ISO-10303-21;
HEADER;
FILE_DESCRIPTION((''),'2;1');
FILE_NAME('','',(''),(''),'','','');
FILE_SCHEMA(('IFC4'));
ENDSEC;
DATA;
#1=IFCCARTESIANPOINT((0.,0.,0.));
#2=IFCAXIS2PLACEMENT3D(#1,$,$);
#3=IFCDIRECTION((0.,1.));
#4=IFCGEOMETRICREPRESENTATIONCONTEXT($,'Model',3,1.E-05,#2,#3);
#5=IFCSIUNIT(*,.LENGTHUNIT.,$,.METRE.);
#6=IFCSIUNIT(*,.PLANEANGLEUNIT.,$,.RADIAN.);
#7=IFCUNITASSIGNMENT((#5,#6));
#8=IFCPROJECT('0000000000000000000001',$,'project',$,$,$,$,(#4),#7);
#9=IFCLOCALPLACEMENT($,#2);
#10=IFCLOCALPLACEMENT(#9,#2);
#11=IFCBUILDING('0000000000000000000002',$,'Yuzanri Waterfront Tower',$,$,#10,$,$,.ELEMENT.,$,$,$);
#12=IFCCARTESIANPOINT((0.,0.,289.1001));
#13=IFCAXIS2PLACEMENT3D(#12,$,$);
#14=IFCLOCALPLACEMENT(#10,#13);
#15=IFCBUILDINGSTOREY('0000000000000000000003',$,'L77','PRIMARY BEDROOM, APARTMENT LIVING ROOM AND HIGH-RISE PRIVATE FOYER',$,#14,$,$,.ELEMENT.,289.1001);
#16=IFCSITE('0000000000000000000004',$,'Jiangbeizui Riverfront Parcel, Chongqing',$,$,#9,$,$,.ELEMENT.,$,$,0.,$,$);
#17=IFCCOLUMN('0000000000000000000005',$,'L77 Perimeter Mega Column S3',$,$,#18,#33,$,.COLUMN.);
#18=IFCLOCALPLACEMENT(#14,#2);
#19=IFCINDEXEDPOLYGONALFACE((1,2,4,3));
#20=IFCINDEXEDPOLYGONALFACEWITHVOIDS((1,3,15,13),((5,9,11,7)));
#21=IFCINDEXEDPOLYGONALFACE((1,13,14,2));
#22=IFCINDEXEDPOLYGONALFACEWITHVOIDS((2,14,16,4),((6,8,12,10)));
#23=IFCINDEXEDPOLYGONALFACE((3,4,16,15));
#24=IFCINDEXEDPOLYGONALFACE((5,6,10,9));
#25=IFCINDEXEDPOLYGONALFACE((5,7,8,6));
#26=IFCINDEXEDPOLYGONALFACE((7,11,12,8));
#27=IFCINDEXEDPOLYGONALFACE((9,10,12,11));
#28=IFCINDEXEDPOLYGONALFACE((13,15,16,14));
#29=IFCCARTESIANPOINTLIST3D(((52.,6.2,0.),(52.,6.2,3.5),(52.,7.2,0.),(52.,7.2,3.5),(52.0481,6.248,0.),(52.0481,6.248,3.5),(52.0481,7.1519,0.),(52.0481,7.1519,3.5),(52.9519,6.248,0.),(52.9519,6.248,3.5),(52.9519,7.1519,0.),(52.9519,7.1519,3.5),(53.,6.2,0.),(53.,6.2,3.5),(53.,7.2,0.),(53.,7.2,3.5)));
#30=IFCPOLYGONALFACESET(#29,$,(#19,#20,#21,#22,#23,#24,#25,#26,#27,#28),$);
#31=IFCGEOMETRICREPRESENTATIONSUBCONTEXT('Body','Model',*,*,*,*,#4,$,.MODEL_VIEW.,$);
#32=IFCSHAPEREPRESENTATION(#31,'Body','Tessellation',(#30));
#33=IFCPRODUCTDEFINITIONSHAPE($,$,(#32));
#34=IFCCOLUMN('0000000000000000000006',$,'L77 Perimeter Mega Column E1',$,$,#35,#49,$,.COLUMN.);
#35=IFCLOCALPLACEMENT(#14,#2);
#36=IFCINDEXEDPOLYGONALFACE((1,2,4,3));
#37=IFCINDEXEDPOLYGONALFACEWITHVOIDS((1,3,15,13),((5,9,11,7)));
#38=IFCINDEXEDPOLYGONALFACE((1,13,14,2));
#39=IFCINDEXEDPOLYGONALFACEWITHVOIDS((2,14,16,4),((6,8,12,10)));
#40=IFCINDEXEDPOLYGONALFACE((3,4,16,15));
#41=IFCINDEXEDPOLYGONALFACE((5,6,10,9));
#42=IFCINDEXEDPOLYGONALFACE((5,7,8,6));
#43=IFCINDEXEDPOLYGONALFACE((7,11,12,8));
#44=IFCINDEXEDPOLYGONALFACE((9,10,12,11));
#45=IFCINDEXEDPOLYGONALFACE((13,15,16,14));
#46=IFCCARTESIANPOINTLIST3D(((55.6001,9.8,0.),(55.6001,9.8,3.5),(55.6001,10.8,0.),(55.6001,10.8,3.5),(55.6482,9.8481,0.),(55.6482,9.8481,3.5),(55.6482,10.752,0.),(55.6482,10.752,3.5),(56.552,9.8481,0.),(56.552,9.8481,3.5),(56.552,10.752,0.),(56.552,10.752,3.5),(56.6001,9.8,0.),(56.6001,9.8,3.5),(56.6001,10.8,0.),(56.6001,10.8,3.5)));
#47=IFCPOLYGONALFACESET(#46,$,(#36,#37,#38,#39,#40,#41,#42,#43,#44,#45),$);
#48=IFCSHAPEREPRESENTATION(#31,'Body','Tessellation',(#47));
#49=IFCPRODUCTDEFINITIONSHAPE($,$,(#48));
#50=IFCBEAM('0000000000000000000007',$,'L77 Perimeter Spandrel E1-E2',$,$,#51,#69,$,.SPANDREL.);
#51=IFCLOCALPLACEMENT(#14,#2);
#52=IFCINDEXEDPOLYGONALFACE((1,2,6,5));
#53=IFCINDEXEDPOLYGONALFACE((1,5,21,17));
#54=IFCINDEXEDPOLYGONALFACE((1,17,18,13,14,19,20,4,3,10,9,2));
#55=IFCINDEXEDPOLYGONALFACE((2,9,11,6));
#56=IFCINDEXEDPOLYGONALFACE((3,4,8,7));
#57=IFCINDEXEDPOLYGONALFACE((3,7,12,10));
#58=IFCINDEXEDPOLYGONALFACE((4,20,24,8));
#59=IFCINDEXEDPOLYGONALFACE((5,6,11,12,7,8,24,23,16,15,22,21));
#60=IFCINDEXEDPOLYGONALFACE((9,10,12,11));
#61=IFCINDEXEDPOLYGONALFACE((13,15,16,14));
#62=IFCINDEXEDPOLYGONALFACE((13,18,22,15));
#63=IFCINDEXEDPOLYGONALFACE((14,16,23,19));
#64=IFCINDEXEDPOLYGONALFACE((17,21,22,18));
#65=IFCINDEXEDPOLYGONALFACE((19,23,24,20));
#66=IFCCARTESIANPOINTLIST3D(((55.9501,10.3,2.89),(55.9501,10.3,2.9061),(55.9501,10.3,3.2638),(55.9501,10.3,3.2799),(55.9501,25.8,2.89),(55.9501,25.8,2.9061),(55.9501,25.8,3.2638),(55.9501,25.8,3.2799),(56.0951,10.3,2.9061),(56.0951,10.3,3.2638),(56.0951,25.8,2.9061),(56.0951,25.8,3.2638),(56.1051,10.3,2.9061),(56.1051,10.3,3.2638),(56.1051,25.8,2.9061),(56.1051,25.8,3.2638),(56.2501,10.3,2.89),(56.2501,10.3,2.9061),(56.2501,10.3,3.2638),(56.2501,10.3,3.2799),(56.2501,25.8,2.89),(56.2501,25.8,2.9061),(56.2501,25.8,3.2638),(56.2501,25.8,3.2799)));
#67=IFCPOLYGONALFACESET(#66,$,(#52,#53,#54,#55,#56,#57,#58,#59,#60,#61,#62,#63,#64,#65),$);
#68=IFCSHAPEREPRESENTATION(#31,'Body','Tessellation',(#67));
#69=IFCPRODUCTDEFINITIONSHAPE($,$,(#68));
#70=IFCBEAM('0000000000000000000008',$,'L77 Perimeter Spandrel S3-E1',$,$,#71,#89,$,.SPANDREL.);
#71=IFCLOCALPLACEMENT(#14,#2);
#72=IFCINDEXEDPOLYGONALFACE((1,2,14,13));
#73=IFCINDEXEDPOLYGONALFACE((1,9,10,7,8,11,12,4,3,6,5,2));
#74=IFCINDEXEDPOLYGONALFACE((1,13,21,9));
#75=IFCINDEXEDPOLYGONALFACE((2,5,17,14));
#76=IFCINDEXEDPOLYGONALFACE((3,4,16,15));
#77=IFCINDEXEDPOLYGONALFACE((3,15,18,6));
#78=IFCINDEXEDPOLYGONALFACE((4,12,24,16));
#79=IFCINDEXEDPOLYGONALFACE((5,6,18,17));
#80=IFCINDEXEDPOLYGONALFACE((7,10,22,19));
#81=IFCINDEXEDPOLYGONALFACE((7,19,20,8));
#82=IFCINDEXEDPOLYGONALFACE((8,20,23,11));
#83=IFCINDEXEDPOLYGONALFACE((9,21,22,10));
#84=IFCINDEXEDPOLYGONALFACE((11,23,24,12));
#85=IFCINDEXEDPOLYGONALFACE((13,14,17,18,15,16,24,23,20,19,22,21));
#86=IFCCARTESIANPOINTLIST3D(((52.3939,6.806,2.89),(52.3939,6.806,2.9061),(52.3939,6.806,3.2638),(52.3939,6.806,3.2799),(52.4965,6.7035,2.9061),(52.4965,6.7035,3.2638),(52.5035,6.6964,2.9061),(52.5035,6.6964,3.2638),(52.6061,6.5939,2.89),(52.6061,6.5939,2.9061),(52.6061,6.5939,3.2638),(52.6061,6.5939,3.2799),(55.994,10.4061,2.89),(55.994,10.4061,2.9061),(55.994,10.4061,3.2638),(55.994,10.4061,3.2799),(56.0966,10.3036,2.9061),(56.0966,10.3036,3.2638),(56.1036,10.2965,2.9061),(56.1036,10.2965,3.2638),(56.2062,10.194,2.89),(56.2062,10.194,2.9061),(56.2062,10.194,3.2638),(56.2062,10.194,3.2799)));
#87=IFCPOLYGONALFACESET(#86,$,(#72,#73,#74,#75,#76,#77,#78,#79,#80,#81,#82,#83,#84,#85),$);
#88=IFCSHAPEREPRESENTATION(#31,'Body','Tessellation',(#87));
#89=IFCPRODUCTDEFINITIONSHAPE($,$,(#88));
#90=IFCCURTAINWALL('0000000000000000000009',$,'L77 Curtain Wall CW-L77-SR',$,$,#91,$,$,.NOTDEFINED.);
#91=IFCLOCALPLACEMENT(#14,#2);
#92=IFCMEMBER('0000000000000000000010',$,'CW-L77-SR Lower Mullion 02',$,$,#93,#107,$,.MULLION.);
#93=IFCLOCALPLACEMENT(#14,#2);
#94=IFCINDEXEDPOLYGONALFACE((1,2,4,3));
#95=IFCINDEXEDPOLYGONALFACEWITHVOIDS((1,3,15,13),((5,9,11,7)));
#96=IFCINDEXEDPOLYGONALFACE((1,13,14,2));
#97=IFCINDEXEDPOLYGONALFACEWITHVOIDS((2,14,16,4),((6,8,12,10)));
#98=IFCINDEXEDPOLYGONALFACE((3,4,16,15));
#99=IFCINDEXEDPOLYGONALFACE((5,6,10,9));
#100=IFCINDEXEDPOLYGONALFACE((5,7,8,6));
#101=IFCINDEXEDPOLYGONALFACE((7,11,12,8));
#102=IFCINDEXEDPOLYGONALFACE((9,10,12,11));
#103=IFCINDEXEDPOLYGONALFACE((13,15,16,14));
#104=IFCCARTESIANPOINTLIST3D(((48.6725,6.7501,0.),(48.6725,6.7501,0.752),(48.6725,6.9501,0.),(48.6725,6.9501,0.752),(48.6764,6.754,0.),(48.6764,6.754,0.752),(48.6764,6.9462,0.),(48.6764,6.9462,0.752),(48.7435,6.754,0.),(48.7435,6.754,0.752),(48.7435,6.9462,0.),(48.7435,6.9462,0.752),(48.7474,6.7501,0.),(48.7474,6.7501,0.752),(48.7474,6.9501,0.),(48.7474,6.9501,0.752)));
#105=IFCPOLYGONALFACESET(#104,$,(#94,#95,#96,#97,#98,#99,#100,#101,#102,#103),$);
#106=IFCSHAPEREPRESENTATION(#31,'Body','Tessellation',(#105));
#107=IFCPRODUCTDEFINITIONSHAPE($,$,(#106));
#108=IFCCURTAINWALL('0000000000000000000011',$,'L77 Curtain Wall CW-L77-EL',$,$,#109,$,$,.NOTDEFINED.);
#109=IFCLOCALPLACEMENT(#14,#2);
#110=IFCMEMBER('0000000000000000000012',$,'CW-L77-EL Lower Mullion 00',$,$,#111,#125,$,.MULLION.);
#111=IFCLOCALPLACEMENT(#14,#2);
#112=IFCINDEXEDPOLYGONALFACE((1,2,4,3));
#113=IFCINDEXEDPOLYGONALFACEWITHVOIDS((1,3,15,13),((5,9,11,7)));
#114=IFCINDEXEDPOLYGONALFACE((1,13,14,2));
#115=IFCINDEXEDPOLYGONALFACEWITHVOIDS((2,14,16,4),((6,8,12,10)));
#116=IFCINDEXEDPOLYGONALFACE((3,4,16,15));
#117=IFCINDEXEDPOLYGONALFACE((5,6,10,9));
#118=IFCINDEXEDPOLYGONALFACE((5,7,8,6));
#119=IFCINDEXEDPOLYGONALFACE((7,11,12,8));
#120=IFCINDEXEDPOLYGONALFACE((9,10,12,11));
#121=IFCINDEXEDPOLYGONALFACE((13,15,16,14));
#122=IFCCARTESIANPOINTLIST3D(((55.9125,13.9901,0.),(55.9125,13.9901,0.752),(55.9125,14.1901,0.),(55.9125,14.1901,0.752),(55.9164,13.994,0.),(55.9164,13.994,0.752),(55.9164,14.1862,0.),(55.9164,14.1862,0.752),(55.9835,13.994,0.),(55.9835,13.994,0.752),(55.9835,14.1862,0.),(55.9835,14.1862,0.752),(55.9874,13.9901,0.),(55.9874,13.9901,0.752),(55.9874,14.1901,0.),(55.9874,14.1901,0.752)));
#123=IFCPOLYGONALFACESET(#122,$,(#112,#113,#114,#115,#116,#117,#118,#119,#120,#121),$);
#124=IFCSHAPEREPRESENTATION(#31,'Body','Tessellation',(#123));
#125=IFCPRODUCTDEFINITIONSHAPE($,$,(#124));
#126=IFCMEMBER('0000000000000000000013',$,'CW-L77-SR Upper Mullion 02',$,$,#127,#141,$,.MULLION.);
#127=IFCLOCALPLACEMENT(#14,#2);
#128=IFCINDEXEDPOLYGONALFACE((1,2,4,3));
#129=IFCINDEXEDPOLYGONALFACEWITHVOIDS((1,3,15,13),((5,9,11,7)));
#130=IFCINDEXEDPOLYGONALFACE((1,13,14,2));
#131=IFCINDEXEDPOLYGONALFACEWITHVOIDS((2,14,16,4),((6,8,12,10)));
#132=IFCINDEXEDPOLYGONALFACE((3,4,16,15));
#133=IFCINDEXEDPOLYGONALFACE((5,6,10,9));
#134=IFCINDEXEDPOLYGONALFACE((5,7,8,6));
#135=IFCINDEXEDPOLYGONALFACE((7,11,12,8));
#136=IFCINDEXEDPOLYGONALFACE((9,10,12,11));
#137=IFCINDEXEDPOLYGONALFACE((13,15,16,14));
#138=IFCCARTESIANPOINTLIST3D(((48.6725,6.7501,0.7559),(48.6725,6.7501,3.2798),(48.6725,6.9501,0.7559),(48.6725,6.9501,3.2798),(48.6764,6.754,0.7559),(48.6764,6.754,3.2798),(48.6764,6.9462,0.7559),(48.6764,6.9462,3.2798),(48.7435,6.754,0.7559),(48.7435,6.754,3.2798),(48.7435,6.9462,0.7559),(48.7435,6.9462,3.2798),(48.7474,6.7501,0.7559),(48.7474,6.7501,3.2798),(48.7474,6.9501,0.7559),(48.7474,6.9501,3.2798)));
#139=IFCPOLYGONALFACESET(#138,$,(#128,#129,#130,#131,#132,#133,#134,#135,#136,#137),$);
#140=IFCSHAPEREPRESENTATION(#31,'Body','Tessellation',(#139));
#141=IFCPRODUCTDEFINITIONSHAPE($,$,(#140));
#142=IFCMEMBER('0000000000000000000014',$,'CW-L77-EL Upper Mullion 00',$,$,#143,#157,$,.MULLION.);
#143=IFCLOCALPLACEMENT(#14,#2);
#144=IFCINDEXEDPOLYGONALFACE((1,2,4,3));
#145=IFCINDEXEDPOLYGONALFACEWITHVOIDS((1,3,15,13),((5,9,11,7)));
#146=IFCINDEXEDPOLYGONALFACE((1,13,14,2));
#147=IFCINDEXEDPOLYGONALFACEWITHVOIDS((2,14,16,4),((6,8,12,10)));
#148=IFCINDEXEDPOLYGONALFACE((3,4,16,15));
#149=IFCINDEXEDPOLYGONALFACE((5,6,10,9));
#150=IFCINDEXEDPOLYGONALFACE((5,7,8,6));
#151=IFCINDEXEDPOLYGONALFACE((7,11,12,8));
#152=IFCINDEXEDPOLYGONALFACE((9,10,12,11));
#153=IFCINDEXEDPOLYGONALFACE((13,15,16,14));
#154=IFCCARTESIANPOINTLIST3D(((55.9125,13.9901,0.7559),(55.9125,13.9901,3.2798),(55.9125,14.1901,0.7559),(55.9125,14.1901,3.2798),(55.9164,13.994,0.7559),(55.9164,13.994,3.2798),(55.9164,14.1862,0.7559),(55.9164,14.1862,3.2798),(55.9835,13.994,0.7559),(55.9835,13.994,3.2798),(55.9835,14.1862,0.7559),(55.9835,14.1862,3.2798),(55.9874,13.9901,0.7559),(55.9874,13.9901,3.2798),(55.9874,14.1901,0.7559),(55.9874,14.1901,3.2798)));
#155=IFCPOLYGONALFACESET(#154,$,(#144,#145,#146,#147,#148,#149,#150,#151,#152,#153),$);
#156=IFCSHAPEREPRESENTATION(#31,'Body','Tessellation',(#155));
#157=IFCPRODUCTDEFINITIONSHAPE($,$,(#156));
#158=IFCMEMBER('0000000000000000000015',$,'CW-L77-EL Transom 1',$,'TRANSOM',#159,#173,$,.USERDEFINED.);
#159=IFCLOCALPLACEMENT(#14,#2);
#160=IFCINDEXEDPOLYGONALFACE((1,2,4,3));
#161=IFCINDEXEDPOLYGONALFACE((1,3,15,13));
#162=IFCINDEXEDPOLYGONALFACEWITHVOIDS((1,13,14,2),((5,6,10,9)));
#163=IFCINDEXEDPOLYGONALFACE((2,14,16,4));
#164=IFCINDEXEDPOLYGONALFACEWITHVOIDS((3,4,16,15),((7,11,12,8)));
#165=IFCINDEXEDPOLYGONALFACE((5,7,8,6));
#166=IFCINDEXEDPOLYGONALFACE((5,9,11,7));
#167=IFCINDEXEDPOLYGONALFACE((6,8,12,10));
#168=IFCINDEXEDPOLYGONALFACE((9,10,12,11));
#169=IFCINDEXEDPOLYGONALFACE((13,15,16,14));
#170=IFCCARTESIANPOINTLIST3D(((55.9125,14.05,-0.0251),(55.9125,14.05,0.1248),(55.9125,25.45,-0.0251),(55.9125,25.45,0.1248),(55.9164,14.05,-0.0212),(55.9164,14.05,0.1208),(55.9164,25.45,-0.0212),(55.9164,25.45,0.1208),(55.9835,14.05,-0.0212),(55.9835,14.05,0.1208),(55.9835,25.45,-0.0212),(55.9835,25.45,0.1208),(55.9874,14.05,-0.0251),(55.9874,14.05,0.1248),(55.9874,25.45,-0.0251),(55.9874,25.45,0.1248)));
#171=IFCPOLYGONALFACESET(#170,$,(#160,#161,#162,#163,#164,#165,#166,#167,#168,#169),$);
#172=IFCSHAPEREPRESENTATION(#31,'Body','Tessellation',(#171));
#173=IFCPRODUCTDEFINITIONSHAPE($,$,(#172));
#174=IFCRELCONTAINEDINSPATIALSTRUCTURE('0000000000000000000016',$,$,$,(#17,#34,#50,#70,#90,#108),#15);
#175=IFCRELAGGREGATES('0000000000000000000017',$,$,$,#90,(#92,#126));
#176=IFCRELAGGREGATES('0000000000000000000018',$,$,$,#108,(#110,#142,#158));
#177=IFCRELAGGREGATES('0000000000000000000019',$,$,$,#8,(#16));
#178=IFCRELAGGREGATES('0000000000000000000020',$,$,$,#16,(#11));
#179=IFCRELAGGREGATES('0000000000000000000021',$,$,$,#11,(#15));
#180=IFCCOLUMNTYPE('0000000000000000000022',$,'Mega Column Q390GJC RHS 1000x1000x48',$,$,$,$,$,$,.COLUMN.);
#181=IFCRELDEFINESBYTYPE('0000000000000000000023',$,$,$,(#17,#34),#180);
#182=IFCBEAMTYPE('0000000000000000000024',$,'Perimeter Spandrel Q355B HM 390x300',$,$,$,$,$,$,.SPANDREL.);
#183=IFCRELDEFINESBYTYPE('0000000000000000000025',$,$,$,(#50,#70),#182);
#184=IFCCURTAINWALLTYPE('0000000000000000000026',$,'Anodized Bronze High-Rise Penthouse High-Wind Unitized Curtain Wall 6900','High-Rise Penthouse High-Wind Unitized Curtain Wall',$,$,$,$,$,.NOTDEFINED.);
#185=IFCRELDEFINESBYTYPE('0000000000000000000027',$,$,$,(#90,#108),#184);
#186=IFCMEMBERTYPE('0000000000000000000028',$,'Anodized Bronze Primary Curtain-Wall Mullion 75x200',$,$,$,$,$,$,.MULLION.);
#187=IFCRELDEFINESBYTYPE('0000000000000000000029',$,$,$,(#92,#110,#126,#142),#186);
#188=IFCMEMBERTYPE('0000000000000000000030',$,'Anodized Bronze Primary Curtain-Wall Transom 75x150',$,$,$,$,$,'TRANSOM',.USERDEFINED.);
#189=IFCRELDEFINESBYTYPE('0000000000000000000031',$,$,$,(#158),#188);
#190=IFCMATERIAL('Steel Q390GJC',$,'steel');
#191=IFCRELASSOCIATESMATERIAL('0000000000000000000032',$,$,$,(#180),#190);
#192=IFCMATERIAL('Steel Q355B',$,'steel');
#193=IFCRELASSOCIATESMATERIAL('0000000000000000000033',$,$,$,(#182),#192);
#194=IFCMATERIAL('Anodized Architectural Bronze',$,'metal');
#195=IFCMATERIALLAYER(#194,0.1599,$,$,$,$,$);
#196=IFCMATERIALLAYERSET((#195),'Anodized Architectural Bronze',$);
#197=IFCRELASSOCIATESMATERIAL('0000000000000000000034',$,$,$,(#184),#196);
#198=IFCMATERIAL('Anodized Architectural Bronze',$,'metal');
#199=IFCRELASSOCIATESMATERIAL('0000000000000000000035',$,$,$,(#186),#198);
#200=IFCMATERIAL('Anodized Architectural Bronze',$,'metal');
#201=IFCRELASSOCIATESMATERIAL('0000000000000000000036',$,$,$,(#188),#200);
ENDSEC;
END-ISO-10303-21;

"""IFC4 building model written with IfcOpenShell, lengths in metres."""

from ifc_helpers import new_model, si_unit, direction, frame, origin, origin_2d, place, context, subcontext, project, spatial, hollow_rectangle, i_section, extrude, source, transform, mapped, material, layer, layer_set, material_profile, profile_set, type_object, element, aggregate, save


model = new_model("IFC4")

# Units and contexts
model_context = context("Model", 3, precision=1e-05, world=origin(), true_north=direction((0.0, 1.0)))
body_context = subcontext(model_context, "Body", "Model", "MODEL_VIEW")
ifc_project = project(units=[si_unit("LENGTHUNIT", "METRE"), si_unit("PLANEANGLEUNIT", "RADIAN")], contexts=[model_context])

# Site, building, storey
site_placement = place(None, origin())
site = spatial("IfcSite", under=ifc_project, at=site_placement, Name="Jiangbeizui Riverfront Parcel, Chongqing", CompositionType="ELEMENT", RefElevation=0.0)
building_placement = place(site_placement, origin())
building = spatial("IfcBuilding", under=site, at=building_placement, Name="Yuzanri Waterfront Tower", CompositionType="ELEMENT")
storey_placement = place(building_placement, frame((0.0, 0.0, 289.1001)))
storey = spatial("IfcBuildingStorey", under=building, at=storey_placement, Name="L77", Description="PRIMARY BEDROOM, APARTMENT LIVING ROOM AND HIGH-RISE PRIVATE FOYER", CompositionType="ELEMENT", Elevation=289.1001)

# Columns
ifc_material_1 = material(Name="Steel Q390GJC", Category="steel")
ifc_material_profile_1 = material_profile(ifc_material_1, hollow_rectangle(XDim=1.0, YDim=1.0, WallThickness=0.0481, at=origin_2d()), Name="RHS 1000x1000x48")
ifc_profile_set_1 = profile_set([ifc_material_profile_1], Name="Steel Q390GJC")
column_type = type_object("IfcColumnType", Name="Mega Column Q390GJC RHS 1000x1000x48", PredefinedType="COLUMN", material=ifc_profile_set_1)
shared_shape_1 = source(origin(), body_context, "Body", "SweptSolid", [
    extrude(hollow_rectangle(XDim=1.0, YDim=1.0, WallThickness=0.0481, at=origin_2d()), origin(), (0.0, 0.0, 1.0), 3.5),
])
for number, where, z_axis, x_axis, name in (
    (1, (52.5, 6.7, 0.0), (0.0, 0.0, 1.0), (1.0, 0.0, 0.0), "L77 Perimeter Mega Column S3"),
    (2, (56.1001, 10.3, 0.0), (0.0, 0.0, 1.0), (1.0, 0.0, 0.0), "L77 Perimeter Mega Column E1"),
):
    element("IfcColumn", number, at=place(storey_placement, frame(where, z_axis=z_axis, x_axis=x_axis)), inside=storey, type_object=column_type, Name=name, PredefinedType="COLUMN", context=body_context, shape_type="MappedRepresentation", body=[
        mapped(shared_shape_1, transform((0.0, 0.0, 0.0), scale=1.0)),
    ])

# Beams
ifc_material_2 = material(Name="Steel Q355B", Category="steel")
ifc_material_profile_2 = material_profile(ifc_material_2, i_section(OverallWidth=0.3, OverallDepth=0.3899, WebThickness=0.01, FlangeThickness=0.0161, at=origin_2d()), Name="HM 390x300x10x16")
ifc_profile_set_2 = profile_set([ifc_material_profile_2], Name="Steel Q355B")
beam_type = type_object("IfcBeamType", Name="Perimeter Spandrel Q355B HM 390x300", PredefinedType="SPANDREL", material=ifc_profile_set_2)
shared_shape_2 = source(origin(), body_context, "Body", "SweptSolid", [
    extrude(i_section(OverallWidth=0.3, OverallDepth=0.3899, WebThickness=0.01, FlangeThickness=0.0161, at=origin_2d()), origin(), (0.0, 0.0, 1.0), 15.5),
])
beam_1_placement = place(storey_placement, frame((56.1001, 10.3, 3.085), z_axis=(0.0, 1.0, 0.0), x_axis=(-1.0, 0.0, 0.0)))
element("IfcBeam", 3, at=beam_1_placement, inside=storey, type_object=beam_type, Name="L77 Perimeter Spandrel E1-E2", PredefinedType="SPANDREL", context=body_context, shape_type="MappedRepresentation", body=[
    mapped(shared_shape_2, transform((0.0, 0.0, 0.0), scale=1.0)),
])
shared_shape_3 = source(origin(), body_context, "Body", "SweptSolid", [
    extrude(i_section(OverallWidth=0.3, OverallDepth=0.3899, WebThickness=0.01, FlangeThickness=0.0161, at=origin_2d()), origin(), (0.0, 0.0, 1.0), 5.0913),
])
beam_2_placement = place(storey_placement, frame((52.5, 6.7, 3.085), z_axis=(0.707107, 0.707107, 0.0), x_axis=(-0.707107, 0.707107, 0.0)))
element("IfcBeam", 4, at=beam_2_placement, inside=storey, type_object=beam_type, Name="L77 Perimeter Spandrel S3-E1", PredefinedType="SPANDREL", context=body_context, shape_type="MappedRepresentation", body=[
    mapped(shared_shape_3, transform((0.0, 0.0, 0.0), scale=1.0)),
])

# Curtain walls, members
ifc_material_3 = material(Name="Anodized Architectural Bronze", Category="metal")
ifc_layer_1 = layer(ifc_material_3, 0.1599)
ifc_layer_set_1 = layer_set([ifc_layer_1], Name="Anodized Architectural Bronze")
curtain_wall_type = type_object("IfcCurtainWallType", Name="Anodized Bronze High-Rise Penthouse High-Wind Unitized Curtain Wall 6900", Description="High-Rise Penthouse High-Wind Unitized Curtain Wall", PredefinedType="NOTDEFINED", material=ifc_layer_set_1)
curtain_wall_1_placement = place(storey_placement, origin())
curtain_wall_1 = element("IfcCurtainWall", 5, at=curtain_wall_1_placement, inside=storey, type_object=curtain_wall_type, Name="L77 Curtain Wall CW-L77-SR", PredefinedType="NOTDEFINED")
ifc_material_4 = material(Name="Anodized Architectural Bronze", Category="metal")
ifc_material_profile_3 = material_profile(ifc_material_4, hollow_rectangle(XDim=0.075, YDim=0.2, WallThickness=0.0039, at=origin_2d()), Name="CWM 75x200")
ifc_profile_set_3 = profile_set([ifc_material_profile_3], Name="Anodized Architectural Bronze")
member_type_1 = type_object("IfcMemberType", Name="Anodized Bronze Primary Curtain-Wall Mullion 75x200", PredefinedType="MULLION", material=ifc_profile_set_3)
shared_shape_4 = source(origin(), body_context, "Body", "SweptSolid", [
    extrude(hollow_rectangle(XDim=0.075, YDim=0.2, WallThickness=0.0039, at=origin_2d()), origin(), (0.0, 0.0, 1.0), 0.752),
])
member_1_placement = place(storey_placement, frame((48.71, 6.8501, 0.0), z_axis=(0.0, 0.0, 1.0), x_axis=(1.0, 0.0, 0.0)))
member_1 = element("IfcMember", 6, at=member_1_placement, type_object=member_type_1, Name="CW-L77-SR Lower Mullion 02", PredefinedType="MULLION", context=body_context, shape_type="MappedRepresentation", body=[
    mapped(shared_shape_4, transform((0.0, 0.0, 0.0), scale=1.0)),
])
curtain_wall_2_placement = place(storey_placement, origin())
curtain_wall_2 = element("IfcCurtainWall", 7, at=curtain_wall_2_placement, inside=storey, type_object=curtain_wall_type, Name="L77 Curtain Wall CW-L77-EL", PredefinedType="NOTDEFINED")
member_2_placement = place(storey_placement, frame((55.95, 14.0901, 0.0), z_axis=(0.0, 0.0, 1.0), x_axis=(1.0, 0.0, 0.0)))
member_2 = element("IfcMember", 8, at=member_2_placement, type_object=member_type_1, Name="CW-L77-EL Lower Mullion 00", PredefinedType="MULLION", context=body_context, shape_type="MappedRepresentation", body=[
    mapped(shared_shape_4, transform((0.0, 0.0, 0.0), scale=1.0)),
])

# Members
shared_shape_5 = source(origin(), body_context, "Body", "SweptSolid", [
    extrude(hollow_rectangle(XDim=0.075, YDim=0.2, WallThickness=0.0039, at=origin_2d()), origin(), (0.0, 0.0, 1.0), 2.5239),
])
member_3_placement = place(storey_placement, frame((48.71, 6.8501, 0.7559), z_axis=(0.0, 0.0, 1.0), x_axis=(1.0, 0.0, 0.0)))
member_3 = element("IfcMember", 9, at=member_3_placement, type_object=member_type_1, Name="CW-L77-SR Upper Mullion 02", PredefinedType="MULLION", context=body_context, shape_type="MappedRepresentation", body=[
    mapped(shared_shape_5, transform((0.0, 0.0, 0.0), scale=1.0)),
])
aggregate(curtain_wall_1, [member_1, member_3])
member_4_placement = place(storey_placement, frame((55.95, 14.0901, 0.7559), z_axis=(0.0, 0.0, 1.0), x_axis=(1.0, 0.0, 0.0)))
member_4 = element("IfcMember", 10, at=member_4_placement, type_object=member_type_1, Name="CW-L77-EL Upper Mullion 00", PredefinedType="MULLION", context=body_context, shape_type="MappedRepresentation", body=[
    mapped(shared_shape_5, transform((0.0, 0.0, 0.0), scale=1.0)),
])
ifc_material_5 = material(Name="Anodized Architectural Bronze", Category="metal")
ifc_material_profile_4 = material_profile(ifc_material_5, hollow_rectangle(XDim=0.075, YDim=0.1499, WallThickness=0.0039, at=origin_2d()), Name="CWT 75x150")
ifc_profile_set_4 = profile_set([ifc_material_profile_4], Name="Anodized Architectural Bronze")
member_type_2 = type_object("IfcMemberType", Name="Anodized Bronze Primary Curtain-Wall Transom 75x150", ElementType="TRANSOM", PredefinedType="USERDEFINED", material=ifc_profile_set_4)
shared_shape_6 = source(origin(), body_context, "Body", "SweptSolid", [
    extrude(hollow_rectangle(XDim=0.075, YDim=0.1499, WallThickness=0.0039, at=origin_2d()), origin(), (0.0, 0.0, 1.0), 11.3999),
])
member_5_placement = place(storey_placement, frame((55.95, 14.05, 0.0498), z_axis=(0.0, 1.0, 0.0), x_axis=(-1.0, 0.0, 0.0)))
member_5 = element("IfcMember", 11, at=member_5_placement, type_object=member_type_2, Name="CW-L77-EL Transom 1", ObjectType="TRANSOM", PredefinedType="USERDEFINED", context=body_context, shape_type="MappedRepresentation", body=[
    mapped(shared_shape_6, transform((0.0, 0.0, 0.0), scale=1.0)),
])
aggregate(curtain_wall_2, [member_2, member_4, member_5])

save(model, "model.ifc")
